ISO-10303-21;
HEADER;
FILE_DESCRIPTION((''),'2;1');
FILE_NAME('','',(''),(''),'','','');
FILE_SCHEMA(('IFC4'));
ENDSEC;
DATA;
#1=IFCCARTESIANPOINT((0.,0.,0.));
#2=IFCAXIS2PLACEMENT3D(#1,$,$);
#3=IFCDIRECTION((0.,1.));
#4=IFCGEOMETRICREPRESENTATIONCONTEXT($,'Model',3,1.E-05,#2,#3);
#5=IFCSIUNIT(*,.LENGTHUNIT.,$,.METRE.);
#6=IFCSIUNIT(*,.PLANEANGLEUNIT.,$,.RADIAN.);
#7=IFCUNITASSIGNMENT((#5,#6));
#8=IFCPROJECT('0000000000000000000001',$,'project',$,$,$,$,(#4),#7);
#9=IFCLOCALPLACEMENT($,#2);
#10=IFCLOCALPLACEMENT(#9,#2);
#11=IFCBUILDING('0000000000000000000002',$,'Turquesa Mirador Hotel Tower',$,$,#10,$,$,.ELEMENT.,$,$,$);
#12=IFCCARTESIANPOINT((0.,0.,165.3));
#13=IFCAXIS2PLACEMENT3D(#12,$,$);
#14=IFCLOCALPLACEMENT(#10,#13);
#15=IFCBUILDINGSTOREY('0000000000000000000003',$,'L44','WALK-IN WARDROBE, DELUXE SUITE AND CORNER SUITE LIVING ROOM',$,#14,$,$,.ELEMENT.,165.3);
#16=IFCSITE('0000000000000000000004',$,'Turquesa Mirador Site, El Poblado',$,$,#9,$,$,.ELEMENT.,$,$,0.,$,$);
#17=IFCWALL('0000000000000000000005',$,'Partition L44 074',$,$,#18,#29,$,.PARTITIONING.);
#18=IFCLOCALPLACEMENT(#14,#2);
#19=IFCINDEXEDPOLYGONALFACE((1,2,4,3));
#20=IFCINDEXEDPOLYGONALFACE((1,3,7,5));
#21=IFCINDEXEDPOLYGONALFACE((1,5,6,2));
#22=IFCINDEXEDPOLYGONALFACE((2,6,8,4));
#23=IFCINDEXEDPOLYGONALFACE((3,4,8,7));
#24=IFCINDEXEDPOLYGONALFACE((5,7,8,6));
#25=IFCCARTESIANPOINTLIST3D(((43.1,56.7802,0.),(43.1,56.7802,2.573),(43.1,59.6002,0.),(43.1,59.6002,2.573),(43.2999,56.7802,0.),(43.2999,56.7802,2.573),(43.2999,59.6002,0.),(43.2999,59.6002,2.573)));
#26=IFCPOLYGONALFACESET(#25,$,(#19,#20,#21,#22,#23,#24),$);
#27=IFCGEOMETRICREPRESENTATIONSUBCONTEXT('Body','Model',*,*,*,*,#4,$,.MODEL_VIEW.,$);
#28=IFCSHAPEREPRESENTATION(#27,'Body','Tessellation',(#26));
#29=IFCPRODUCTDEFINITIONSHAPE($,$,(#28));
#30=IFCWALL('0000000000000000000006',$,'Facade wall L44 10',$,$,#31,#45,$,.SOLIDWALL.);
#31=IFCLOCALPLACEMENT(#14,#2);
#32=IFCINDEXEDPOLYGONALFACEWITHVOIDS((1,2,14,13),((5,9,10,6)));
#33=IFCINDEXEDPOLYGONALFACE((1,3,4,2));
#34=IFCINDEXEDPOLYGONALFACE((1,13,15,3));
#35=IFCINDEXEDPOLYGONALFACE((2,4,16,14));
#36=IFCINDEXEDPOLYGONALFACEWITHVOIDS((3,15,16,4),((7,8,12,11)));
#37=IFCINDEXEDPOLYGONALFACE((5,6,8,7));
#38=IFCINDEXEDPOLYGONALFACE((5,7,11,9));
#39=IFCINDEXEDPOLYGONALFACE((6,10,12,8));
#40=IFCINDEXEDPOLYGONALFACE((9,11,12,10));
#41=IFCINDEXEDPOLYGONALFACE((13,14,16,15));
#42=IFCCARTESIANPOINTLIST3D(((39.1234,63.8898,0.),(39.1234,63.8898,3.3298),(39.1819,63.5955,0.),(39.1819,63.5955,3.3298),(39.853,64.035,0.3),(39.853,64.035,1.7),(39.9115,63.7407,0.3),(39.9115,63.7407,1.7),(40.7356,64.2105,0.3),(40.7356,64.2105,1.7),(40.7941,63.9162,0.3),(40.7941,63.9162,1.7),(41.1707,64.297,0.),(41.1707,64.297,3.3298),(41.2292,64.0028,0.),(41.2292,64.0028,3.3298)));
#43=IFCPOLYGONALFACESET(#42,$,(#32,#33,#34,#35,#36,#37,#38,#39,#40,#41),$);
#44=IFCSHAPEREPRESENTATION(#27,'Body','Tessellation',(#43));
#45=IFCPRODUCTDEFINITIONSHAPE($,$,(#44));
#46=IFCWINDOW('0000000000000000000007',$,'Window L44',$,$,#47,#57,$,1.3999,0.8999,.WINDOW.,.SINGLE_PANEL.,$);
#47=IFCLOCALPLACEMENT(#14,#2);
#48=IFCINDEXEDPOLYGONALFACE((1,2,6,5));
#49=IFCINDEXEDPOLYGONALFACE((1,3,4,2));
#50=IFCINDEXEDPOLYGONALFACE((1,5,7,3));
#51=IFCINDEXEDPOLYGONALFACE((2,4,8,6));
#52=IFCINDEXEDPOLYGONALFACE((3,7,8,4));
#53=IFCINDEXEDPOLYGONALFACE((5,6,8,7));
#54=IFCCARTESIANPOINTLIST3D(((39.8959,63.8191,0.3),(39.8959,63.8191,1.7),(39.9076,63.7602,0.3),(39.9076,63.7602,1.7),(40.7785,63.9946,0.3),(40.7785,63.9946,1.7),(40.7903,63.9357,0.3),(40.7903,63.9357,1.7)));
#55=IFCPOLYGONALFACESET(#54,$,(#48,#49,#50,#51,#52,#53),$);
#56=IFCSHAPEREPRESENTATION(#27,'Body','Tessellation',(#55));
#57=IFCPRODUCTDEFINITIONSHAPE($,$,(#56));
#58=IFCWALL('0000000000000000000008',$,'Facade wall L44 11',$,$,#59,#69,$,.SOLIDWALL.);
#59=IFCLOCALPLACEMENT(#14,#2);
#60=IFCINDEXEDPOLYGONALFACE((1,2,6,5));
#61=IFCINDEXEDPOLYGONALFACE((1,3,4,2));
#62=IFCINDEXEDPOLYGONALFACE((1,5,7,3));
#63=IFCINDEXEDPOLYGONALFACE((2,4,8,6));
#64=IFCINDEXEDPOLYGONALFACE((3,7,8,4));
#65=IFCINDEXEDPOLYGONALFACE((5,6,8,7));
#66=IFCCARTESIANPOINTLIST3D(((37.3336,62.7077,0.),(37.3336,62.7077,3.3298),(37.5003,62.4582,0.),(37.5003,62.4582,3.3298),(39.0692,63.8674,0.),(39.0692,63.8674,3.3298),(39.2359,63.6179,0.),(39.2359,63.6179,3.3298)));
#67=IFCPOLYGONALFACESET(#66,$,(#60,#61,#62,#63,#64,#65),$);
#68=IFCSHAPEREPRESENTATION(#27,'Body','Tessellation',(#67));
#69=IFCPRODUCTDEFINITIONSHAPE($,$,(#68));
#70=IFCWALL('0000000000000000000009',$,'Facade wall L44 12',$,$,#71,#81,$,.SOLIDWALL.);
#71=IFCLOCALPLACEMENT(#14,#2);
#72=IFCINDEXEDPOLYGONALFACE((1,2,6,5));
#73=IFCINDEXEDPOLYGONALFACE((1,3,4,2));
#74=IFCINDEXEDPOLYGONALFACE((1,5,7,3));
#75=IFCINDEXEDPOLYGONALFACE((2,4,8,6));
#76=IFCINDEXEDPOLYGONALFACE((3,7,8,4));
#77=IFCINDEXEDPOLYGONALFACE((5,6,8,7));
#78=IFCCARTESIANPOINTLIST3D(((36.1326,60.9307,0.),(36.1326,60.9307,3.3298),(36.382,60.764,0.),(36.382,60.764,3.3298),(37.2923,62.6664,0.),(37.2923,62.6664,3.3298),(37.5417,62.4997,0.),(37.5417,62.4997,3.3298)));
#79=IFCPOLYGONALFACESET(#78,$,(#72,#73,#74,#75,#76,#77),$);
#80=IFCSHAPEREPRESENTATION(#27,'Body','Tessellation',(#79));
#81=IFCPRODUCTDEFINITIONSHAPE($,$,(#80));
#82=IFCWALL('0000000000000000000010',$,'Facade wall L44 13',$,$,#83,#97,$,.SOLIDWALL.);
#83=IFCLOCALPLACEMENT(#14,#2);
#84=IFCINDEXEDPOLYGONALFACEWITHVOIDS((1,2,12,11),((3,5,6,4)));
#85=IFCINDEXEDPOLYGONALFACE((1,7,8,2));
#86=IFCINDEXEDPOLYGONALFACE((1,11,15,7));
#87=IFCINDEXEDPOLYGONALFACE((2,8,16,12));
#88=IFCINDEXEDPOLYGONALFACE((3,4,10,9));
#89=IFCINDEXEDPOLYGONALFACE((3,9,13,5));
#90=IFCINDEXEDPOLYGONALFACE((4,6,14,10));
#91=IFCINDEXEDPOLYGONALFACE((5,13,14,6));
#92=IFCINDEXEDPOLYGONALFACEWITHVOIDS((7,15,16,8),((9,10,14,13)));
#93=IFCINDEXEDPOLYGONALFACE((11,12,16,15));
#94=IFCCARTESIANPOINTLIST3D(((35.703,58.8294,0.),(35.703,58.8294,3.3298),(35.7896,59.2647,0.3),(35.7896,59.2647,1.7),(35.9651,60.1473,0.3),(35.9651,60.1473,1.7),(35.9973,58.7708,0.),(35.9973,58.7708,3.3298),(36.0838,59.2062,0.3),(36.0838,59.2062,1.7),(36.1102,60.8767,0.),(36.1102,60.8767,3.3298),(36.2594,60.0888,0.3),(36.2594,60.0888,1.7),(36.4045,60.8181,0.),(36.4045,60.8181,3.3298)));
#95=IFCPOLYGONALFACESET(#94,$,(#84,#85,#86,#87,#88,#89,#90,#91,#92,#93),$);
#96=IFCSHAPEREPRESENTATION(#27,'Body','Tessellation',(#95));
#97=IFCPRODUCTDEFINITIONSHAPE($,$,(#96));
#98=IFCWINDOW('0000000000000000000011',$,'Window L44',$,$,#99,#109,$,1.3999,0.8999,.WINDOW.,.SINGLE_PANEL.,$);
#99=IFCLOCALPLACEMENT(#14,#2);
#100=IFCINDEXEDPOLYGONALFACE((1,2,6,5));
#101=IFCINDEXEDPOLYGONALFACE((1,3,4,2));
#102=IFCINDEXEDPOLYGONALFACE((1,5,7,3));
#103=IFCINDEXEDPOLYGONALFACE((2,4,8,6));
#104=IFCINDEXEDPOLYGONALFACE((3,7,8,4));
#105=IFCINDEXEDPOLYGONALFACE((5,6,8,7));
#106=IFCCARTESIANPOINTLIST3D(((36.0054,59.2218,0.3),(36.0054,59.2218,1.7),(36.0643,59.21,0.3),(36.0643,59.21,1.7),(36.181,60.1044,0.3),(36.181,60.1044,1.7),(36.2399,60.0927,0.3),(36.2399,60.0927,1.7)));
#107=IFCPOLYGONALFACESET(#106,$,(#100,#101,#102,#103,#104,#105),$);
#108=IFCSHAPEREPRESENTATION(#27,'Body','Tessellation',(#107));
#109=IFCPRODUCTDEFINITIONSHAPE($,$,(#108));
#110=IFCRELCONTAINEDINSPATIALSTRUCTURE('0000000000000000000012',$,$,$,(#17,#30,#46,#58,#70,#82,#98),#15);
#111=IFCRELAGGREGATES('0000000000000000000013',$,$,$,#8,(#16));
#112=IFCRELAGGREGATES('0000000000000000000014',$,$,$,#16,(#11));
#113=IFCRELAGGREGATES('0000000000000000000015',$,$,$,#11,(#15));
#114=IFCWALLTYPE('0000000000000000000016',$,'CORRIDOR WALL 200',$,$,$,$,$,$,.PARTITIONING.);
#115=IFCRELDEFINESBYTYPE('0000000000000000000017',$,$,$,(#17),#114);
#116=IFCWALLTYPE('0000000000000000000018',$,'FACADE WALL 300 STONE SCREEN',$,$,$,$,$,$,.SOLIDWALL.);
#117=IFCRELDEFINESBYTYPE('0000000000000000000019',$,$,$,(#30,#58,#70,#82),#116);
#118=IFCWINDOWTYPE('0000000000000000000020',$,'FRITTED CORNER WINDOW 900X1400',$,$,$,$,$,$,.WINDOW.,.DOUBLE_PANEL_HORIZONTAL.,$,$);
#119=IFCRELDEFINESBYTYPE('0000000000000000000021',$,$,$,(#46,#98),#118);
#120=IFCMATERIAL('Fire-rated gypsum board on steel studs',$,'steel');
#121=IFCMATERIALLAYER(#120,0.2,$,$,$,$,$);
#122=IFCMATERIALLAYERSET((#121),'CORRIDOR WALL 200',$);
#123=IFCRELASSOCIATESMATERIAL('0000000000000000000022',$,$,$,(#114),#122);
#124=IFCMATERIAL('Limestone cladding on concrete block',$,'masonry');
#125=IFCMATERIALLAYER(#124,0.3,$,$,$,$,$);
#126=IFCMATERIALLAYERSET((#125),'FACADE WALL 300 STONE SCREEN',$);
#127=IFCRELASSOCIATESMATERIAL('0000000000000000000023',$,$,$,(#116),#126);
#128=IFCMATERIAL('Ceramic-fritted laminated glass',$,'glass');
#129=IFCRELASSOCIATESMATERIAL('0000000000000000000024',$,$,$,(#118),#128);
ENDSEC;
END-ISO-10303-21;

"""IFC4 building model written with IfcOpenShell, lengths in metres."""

from ifc_helpers import new_model, si_unit, direction, frame, frame_2d, origin, place, context, subcontext, project, spatial, rectangle, extrude, material, layer, layer_set, type_object, element, fill, save


model = new_model("IFC4")

# Units and contexts
model_context = context("Model", 3, precision=1e-05, world=origin(), true_north=direction((0.0, 1.0)))
body_context = subcontext(model_context, "Body", "Model", "MODEL_VIEW")
ifc_project = project(units=[si_unit("LENGTHUNIT", "METRE"), si_unit("PLANEANGLEUNIT", "RADIAN")], contexts=[model_context])

# Site, building, storey
site_placement = place(None, origin())
site = spatial("IfcSite", under=ifc_project, at=site_placement, Name="Turquesa Mirador Site, El Poblado", CompositionType="ELEMENT", RefElevation=0.0)
building_placement = place(site_placement, origin())
building = spatial("IfcBuilding", under=site, at=building_placement, Name="Turquesa Mirador Hotel Tower", CompositionType="ELEMENT")
storey_placement = place(building_placement, frame((0.0, 0.0, 165.3)))
storey = spatial("IfcBuildingStorey", under=building, at=storey_placement, Name="L44", Description="WALK-IN WARDROBE, DELUXE SUITE AND CORNER SUITE LIVING ROOM", CompositionType="ELEMENT", Elevation=165.3)

# Wall
ifc_material_1 = material(Name="Fire-rated gypsum board on steel studs", Category="steel")
ifc_layer_1 = layer(ifc_material_1, 0.2)
ifc_layer_set_1 = layer_set([ifc_layer_1], Name="CORRIDOR WALL 200")
wall_type_1 = type_object("IfcWallType", Name="CORRIDOR WALL 200", PredefinedType="PARTITIONING", material=ifc_layer_set_1)
wall_1_placement = place(storey_placement, frame((43.2, 56.78, 0.0), z_axis=(0.0, 0.0, 1.0), x_axis=(0.0, 1.0, 0.0)))
element("IfcWall", 1, at=wall_1_placement, inside=storey, type_object=wall_type_1, Name="Partition L44 074", PredefinedType="PARTITIONING", context=body_context, shape_type="SweptSolid", body=[
    extrude(rectangle(XDim=2.8201, YDim=0.2, at=frame_2d((1.4102, 0.0))), origin(), (0.0, 0.0, 1.0), 2.573),
])

# Wall, opening, window
ifc_material_2 = material(Name="Limestone cladding on concrete block", Category="masonry")
ifc_layer_2 = layer(ifc_material_2, 0.3)
ifc_layer_set_2 = layer_set([ifc_layer_2], Name="FACADE WALL 300 STONE SCREEN")
wall_type_2 = type_object("IfcWallType", Name="FACADE WALL 300 STONE SCREEN", PredefinedType="SOLIDWALL", material=ifc_layer_set_2)
wall_2_placement = place(storey_placement, frame((41.2, 64.1499, 0.0), z_axis=(0.0, 0.0, 1.0), x_axis=(-0.980787, -0.195081, 0.0)))
wall_2 = element("IfcWall", 2, at=wall_2_placement, inside=storey, type_object=wall_type_2, Name="Facade wall L44 10", PredefinedType="SOLIDWALL", context=body_context, shape_type="SweptSolid", body=[
    extrude(rectangle(XDim=2.0874, YDim=0.3, at=frame_2d((1.0437, 0.0))), origin(), (0.0, 0.0, 1.0), 3.3298),
])
opening_1_placement = place(wall_2_placement, frame((0.4436, 0.0, 0.3)))
opening_1 = element("IfcOpeningElement", 3, at=opening_1_placement, cuts=wall_2, PredefinedType="OPENING", context=body_context, shape_type="SweptSolid", body=[
    extrude(rectangle(XDim=0.8999, YDim=1.3999, at=frame_2d((0.45, 0.7))), frame((0.0, 0.1599, 0.0), z_axis=(0.0, -1.0, 0.0), x_axis=(1.0, 0.0, 0.0)), (0.0, 0.0, 1.0), 0.3201),
])
ifc_material_3 = material(Name="Ceramic-fritted laminated glass", Category="glass")
window_type_1 = type_object("IfcWindowType", Name="FRITTED CORNER WINDOW 900X1400", PartitioningType="DOUBLE_PANEL_HORIZONTAL", PredefinedType="WINDOW", material=ifc_material_3)
window_1_placement = place(opening_1_placement, origin())
window_1 = element("IfcWindow", 4, at=window_1_placement, inside=storey, type_object=window_type_1, Name="Window L44", OverallHeight=1.3999, OverallWidth=0.8999, PartitioningType="SINGLE_PANEL", PredefinedType="WINDOW", context=body_context, shape_type="SweptSolid", body=[
    extrude(rectangle(XDim=0.8999, YDim=1.3999, at=frame_2d((0.45, 0.7))), frame((0.0, 0.1301, 0.0), z_axis=(0.0, -1.0, 0.0), x_axis=(1.0, 0.0, 0.0)), (0.0, 0.0, 1.0), 0.0601),
])
fill(opening_1, window_1)

# Walls
for number, where, z_axis, x_axis, name in (
    (5, (39.1526, 63.7427, 0.0), (0.0, 0.0, 1.0), (-0.831474, -0.555564, 0.0), "Facade wall L44 11"),
    (6, (37.417, 62.583, 0.0), (0.0, 0.0, 1.0), (-0.555564, -0.831474, 0.0), "Facade wall L44 12"),
):
    element("IfcWall", number, at=place(storey_placement, frame(where, z_axis=z_axis, x_axis=x_axis)), inside=storey, type_object=wall_type_2, Name=name, PredefinedType="SOLIDWALL", context=body_context, shape_type="SweptSolid", body=[
        extrude(rectangle(XDim=2.0874, YDim=0.3, at=frame_2d((1.0437, 0.0))), origin(), (0.0, 0.0, 1.0), 3.3298),
    ])

# Wall, opening, window
wall_3_placement = place(storey_placement, frame((36.2573, 60.8474, 0.0), z_axis=(0.0, 0.0, 1.0), x_axis=(-0.195081, -0.980787, 0.0)))
wall_3 = element("IfcWall", 7, at=wall_3_placement, inside=storey, type_object=wall_type_2, Name="Facade wall L44 13", PredefinedType="SOLIDWALL", context=body_context, shape_type="SweptSolid", body=[
    extrude(rectangle(XDim=2.0874, YDim=0.3, at=frame_2d((1.0437, 0.0))), origin(), (0.0, 0.0, 1.0), 3.3298),
])
opening_2_placement = place(wall_3_placement, frame((0.7437, 0.0, 0.3)))
opening_2 = element("IfcOpeningElement", 8, at=opening_2_placement, cuts=wall_3, PredefinedType="OPENING", context=body_context, shape_type="SweptSolid", body=[
    extrude(rectangle(XDim=0.8999, YDim=1.3999, at=frame_2d((0.45, 0.7))), frame((0.0, 0.1599, 0.0), z_axis=(0.0, -1.0, 0.0), x_axis=(1.0, 0.0, 0.0)), (0.0, 0.0, 1.0), 0.3201),
])
window_2_placement = place(opening_2_placement, origin())
window_2 = element("IfcWindow", 9, at=window_2_placement, inside=storey, type_object=window_type_1, Name="Window L44", OverallHeight=1.3999, OverallWidth=0.8999, PartitioningType="SINGLE_PANEL", PredefinedType="WINDOW", context=body_context, shape_type="SweptSolid", body=[
    extrude(rectangle(XDim=0.8999, YDim=1.3999, at=frame_2d((0.45, 0.7))), frame((0.0, 0.1301, 0.0), z_axis=(0.0, -1.0, 0.0), x_axis=(1.0, 0.0, 0.0)), (0.0, 0.0, 1.0), 0.0601),
])
fill(opening_2, window_2)

save(model, "model.ifc")
